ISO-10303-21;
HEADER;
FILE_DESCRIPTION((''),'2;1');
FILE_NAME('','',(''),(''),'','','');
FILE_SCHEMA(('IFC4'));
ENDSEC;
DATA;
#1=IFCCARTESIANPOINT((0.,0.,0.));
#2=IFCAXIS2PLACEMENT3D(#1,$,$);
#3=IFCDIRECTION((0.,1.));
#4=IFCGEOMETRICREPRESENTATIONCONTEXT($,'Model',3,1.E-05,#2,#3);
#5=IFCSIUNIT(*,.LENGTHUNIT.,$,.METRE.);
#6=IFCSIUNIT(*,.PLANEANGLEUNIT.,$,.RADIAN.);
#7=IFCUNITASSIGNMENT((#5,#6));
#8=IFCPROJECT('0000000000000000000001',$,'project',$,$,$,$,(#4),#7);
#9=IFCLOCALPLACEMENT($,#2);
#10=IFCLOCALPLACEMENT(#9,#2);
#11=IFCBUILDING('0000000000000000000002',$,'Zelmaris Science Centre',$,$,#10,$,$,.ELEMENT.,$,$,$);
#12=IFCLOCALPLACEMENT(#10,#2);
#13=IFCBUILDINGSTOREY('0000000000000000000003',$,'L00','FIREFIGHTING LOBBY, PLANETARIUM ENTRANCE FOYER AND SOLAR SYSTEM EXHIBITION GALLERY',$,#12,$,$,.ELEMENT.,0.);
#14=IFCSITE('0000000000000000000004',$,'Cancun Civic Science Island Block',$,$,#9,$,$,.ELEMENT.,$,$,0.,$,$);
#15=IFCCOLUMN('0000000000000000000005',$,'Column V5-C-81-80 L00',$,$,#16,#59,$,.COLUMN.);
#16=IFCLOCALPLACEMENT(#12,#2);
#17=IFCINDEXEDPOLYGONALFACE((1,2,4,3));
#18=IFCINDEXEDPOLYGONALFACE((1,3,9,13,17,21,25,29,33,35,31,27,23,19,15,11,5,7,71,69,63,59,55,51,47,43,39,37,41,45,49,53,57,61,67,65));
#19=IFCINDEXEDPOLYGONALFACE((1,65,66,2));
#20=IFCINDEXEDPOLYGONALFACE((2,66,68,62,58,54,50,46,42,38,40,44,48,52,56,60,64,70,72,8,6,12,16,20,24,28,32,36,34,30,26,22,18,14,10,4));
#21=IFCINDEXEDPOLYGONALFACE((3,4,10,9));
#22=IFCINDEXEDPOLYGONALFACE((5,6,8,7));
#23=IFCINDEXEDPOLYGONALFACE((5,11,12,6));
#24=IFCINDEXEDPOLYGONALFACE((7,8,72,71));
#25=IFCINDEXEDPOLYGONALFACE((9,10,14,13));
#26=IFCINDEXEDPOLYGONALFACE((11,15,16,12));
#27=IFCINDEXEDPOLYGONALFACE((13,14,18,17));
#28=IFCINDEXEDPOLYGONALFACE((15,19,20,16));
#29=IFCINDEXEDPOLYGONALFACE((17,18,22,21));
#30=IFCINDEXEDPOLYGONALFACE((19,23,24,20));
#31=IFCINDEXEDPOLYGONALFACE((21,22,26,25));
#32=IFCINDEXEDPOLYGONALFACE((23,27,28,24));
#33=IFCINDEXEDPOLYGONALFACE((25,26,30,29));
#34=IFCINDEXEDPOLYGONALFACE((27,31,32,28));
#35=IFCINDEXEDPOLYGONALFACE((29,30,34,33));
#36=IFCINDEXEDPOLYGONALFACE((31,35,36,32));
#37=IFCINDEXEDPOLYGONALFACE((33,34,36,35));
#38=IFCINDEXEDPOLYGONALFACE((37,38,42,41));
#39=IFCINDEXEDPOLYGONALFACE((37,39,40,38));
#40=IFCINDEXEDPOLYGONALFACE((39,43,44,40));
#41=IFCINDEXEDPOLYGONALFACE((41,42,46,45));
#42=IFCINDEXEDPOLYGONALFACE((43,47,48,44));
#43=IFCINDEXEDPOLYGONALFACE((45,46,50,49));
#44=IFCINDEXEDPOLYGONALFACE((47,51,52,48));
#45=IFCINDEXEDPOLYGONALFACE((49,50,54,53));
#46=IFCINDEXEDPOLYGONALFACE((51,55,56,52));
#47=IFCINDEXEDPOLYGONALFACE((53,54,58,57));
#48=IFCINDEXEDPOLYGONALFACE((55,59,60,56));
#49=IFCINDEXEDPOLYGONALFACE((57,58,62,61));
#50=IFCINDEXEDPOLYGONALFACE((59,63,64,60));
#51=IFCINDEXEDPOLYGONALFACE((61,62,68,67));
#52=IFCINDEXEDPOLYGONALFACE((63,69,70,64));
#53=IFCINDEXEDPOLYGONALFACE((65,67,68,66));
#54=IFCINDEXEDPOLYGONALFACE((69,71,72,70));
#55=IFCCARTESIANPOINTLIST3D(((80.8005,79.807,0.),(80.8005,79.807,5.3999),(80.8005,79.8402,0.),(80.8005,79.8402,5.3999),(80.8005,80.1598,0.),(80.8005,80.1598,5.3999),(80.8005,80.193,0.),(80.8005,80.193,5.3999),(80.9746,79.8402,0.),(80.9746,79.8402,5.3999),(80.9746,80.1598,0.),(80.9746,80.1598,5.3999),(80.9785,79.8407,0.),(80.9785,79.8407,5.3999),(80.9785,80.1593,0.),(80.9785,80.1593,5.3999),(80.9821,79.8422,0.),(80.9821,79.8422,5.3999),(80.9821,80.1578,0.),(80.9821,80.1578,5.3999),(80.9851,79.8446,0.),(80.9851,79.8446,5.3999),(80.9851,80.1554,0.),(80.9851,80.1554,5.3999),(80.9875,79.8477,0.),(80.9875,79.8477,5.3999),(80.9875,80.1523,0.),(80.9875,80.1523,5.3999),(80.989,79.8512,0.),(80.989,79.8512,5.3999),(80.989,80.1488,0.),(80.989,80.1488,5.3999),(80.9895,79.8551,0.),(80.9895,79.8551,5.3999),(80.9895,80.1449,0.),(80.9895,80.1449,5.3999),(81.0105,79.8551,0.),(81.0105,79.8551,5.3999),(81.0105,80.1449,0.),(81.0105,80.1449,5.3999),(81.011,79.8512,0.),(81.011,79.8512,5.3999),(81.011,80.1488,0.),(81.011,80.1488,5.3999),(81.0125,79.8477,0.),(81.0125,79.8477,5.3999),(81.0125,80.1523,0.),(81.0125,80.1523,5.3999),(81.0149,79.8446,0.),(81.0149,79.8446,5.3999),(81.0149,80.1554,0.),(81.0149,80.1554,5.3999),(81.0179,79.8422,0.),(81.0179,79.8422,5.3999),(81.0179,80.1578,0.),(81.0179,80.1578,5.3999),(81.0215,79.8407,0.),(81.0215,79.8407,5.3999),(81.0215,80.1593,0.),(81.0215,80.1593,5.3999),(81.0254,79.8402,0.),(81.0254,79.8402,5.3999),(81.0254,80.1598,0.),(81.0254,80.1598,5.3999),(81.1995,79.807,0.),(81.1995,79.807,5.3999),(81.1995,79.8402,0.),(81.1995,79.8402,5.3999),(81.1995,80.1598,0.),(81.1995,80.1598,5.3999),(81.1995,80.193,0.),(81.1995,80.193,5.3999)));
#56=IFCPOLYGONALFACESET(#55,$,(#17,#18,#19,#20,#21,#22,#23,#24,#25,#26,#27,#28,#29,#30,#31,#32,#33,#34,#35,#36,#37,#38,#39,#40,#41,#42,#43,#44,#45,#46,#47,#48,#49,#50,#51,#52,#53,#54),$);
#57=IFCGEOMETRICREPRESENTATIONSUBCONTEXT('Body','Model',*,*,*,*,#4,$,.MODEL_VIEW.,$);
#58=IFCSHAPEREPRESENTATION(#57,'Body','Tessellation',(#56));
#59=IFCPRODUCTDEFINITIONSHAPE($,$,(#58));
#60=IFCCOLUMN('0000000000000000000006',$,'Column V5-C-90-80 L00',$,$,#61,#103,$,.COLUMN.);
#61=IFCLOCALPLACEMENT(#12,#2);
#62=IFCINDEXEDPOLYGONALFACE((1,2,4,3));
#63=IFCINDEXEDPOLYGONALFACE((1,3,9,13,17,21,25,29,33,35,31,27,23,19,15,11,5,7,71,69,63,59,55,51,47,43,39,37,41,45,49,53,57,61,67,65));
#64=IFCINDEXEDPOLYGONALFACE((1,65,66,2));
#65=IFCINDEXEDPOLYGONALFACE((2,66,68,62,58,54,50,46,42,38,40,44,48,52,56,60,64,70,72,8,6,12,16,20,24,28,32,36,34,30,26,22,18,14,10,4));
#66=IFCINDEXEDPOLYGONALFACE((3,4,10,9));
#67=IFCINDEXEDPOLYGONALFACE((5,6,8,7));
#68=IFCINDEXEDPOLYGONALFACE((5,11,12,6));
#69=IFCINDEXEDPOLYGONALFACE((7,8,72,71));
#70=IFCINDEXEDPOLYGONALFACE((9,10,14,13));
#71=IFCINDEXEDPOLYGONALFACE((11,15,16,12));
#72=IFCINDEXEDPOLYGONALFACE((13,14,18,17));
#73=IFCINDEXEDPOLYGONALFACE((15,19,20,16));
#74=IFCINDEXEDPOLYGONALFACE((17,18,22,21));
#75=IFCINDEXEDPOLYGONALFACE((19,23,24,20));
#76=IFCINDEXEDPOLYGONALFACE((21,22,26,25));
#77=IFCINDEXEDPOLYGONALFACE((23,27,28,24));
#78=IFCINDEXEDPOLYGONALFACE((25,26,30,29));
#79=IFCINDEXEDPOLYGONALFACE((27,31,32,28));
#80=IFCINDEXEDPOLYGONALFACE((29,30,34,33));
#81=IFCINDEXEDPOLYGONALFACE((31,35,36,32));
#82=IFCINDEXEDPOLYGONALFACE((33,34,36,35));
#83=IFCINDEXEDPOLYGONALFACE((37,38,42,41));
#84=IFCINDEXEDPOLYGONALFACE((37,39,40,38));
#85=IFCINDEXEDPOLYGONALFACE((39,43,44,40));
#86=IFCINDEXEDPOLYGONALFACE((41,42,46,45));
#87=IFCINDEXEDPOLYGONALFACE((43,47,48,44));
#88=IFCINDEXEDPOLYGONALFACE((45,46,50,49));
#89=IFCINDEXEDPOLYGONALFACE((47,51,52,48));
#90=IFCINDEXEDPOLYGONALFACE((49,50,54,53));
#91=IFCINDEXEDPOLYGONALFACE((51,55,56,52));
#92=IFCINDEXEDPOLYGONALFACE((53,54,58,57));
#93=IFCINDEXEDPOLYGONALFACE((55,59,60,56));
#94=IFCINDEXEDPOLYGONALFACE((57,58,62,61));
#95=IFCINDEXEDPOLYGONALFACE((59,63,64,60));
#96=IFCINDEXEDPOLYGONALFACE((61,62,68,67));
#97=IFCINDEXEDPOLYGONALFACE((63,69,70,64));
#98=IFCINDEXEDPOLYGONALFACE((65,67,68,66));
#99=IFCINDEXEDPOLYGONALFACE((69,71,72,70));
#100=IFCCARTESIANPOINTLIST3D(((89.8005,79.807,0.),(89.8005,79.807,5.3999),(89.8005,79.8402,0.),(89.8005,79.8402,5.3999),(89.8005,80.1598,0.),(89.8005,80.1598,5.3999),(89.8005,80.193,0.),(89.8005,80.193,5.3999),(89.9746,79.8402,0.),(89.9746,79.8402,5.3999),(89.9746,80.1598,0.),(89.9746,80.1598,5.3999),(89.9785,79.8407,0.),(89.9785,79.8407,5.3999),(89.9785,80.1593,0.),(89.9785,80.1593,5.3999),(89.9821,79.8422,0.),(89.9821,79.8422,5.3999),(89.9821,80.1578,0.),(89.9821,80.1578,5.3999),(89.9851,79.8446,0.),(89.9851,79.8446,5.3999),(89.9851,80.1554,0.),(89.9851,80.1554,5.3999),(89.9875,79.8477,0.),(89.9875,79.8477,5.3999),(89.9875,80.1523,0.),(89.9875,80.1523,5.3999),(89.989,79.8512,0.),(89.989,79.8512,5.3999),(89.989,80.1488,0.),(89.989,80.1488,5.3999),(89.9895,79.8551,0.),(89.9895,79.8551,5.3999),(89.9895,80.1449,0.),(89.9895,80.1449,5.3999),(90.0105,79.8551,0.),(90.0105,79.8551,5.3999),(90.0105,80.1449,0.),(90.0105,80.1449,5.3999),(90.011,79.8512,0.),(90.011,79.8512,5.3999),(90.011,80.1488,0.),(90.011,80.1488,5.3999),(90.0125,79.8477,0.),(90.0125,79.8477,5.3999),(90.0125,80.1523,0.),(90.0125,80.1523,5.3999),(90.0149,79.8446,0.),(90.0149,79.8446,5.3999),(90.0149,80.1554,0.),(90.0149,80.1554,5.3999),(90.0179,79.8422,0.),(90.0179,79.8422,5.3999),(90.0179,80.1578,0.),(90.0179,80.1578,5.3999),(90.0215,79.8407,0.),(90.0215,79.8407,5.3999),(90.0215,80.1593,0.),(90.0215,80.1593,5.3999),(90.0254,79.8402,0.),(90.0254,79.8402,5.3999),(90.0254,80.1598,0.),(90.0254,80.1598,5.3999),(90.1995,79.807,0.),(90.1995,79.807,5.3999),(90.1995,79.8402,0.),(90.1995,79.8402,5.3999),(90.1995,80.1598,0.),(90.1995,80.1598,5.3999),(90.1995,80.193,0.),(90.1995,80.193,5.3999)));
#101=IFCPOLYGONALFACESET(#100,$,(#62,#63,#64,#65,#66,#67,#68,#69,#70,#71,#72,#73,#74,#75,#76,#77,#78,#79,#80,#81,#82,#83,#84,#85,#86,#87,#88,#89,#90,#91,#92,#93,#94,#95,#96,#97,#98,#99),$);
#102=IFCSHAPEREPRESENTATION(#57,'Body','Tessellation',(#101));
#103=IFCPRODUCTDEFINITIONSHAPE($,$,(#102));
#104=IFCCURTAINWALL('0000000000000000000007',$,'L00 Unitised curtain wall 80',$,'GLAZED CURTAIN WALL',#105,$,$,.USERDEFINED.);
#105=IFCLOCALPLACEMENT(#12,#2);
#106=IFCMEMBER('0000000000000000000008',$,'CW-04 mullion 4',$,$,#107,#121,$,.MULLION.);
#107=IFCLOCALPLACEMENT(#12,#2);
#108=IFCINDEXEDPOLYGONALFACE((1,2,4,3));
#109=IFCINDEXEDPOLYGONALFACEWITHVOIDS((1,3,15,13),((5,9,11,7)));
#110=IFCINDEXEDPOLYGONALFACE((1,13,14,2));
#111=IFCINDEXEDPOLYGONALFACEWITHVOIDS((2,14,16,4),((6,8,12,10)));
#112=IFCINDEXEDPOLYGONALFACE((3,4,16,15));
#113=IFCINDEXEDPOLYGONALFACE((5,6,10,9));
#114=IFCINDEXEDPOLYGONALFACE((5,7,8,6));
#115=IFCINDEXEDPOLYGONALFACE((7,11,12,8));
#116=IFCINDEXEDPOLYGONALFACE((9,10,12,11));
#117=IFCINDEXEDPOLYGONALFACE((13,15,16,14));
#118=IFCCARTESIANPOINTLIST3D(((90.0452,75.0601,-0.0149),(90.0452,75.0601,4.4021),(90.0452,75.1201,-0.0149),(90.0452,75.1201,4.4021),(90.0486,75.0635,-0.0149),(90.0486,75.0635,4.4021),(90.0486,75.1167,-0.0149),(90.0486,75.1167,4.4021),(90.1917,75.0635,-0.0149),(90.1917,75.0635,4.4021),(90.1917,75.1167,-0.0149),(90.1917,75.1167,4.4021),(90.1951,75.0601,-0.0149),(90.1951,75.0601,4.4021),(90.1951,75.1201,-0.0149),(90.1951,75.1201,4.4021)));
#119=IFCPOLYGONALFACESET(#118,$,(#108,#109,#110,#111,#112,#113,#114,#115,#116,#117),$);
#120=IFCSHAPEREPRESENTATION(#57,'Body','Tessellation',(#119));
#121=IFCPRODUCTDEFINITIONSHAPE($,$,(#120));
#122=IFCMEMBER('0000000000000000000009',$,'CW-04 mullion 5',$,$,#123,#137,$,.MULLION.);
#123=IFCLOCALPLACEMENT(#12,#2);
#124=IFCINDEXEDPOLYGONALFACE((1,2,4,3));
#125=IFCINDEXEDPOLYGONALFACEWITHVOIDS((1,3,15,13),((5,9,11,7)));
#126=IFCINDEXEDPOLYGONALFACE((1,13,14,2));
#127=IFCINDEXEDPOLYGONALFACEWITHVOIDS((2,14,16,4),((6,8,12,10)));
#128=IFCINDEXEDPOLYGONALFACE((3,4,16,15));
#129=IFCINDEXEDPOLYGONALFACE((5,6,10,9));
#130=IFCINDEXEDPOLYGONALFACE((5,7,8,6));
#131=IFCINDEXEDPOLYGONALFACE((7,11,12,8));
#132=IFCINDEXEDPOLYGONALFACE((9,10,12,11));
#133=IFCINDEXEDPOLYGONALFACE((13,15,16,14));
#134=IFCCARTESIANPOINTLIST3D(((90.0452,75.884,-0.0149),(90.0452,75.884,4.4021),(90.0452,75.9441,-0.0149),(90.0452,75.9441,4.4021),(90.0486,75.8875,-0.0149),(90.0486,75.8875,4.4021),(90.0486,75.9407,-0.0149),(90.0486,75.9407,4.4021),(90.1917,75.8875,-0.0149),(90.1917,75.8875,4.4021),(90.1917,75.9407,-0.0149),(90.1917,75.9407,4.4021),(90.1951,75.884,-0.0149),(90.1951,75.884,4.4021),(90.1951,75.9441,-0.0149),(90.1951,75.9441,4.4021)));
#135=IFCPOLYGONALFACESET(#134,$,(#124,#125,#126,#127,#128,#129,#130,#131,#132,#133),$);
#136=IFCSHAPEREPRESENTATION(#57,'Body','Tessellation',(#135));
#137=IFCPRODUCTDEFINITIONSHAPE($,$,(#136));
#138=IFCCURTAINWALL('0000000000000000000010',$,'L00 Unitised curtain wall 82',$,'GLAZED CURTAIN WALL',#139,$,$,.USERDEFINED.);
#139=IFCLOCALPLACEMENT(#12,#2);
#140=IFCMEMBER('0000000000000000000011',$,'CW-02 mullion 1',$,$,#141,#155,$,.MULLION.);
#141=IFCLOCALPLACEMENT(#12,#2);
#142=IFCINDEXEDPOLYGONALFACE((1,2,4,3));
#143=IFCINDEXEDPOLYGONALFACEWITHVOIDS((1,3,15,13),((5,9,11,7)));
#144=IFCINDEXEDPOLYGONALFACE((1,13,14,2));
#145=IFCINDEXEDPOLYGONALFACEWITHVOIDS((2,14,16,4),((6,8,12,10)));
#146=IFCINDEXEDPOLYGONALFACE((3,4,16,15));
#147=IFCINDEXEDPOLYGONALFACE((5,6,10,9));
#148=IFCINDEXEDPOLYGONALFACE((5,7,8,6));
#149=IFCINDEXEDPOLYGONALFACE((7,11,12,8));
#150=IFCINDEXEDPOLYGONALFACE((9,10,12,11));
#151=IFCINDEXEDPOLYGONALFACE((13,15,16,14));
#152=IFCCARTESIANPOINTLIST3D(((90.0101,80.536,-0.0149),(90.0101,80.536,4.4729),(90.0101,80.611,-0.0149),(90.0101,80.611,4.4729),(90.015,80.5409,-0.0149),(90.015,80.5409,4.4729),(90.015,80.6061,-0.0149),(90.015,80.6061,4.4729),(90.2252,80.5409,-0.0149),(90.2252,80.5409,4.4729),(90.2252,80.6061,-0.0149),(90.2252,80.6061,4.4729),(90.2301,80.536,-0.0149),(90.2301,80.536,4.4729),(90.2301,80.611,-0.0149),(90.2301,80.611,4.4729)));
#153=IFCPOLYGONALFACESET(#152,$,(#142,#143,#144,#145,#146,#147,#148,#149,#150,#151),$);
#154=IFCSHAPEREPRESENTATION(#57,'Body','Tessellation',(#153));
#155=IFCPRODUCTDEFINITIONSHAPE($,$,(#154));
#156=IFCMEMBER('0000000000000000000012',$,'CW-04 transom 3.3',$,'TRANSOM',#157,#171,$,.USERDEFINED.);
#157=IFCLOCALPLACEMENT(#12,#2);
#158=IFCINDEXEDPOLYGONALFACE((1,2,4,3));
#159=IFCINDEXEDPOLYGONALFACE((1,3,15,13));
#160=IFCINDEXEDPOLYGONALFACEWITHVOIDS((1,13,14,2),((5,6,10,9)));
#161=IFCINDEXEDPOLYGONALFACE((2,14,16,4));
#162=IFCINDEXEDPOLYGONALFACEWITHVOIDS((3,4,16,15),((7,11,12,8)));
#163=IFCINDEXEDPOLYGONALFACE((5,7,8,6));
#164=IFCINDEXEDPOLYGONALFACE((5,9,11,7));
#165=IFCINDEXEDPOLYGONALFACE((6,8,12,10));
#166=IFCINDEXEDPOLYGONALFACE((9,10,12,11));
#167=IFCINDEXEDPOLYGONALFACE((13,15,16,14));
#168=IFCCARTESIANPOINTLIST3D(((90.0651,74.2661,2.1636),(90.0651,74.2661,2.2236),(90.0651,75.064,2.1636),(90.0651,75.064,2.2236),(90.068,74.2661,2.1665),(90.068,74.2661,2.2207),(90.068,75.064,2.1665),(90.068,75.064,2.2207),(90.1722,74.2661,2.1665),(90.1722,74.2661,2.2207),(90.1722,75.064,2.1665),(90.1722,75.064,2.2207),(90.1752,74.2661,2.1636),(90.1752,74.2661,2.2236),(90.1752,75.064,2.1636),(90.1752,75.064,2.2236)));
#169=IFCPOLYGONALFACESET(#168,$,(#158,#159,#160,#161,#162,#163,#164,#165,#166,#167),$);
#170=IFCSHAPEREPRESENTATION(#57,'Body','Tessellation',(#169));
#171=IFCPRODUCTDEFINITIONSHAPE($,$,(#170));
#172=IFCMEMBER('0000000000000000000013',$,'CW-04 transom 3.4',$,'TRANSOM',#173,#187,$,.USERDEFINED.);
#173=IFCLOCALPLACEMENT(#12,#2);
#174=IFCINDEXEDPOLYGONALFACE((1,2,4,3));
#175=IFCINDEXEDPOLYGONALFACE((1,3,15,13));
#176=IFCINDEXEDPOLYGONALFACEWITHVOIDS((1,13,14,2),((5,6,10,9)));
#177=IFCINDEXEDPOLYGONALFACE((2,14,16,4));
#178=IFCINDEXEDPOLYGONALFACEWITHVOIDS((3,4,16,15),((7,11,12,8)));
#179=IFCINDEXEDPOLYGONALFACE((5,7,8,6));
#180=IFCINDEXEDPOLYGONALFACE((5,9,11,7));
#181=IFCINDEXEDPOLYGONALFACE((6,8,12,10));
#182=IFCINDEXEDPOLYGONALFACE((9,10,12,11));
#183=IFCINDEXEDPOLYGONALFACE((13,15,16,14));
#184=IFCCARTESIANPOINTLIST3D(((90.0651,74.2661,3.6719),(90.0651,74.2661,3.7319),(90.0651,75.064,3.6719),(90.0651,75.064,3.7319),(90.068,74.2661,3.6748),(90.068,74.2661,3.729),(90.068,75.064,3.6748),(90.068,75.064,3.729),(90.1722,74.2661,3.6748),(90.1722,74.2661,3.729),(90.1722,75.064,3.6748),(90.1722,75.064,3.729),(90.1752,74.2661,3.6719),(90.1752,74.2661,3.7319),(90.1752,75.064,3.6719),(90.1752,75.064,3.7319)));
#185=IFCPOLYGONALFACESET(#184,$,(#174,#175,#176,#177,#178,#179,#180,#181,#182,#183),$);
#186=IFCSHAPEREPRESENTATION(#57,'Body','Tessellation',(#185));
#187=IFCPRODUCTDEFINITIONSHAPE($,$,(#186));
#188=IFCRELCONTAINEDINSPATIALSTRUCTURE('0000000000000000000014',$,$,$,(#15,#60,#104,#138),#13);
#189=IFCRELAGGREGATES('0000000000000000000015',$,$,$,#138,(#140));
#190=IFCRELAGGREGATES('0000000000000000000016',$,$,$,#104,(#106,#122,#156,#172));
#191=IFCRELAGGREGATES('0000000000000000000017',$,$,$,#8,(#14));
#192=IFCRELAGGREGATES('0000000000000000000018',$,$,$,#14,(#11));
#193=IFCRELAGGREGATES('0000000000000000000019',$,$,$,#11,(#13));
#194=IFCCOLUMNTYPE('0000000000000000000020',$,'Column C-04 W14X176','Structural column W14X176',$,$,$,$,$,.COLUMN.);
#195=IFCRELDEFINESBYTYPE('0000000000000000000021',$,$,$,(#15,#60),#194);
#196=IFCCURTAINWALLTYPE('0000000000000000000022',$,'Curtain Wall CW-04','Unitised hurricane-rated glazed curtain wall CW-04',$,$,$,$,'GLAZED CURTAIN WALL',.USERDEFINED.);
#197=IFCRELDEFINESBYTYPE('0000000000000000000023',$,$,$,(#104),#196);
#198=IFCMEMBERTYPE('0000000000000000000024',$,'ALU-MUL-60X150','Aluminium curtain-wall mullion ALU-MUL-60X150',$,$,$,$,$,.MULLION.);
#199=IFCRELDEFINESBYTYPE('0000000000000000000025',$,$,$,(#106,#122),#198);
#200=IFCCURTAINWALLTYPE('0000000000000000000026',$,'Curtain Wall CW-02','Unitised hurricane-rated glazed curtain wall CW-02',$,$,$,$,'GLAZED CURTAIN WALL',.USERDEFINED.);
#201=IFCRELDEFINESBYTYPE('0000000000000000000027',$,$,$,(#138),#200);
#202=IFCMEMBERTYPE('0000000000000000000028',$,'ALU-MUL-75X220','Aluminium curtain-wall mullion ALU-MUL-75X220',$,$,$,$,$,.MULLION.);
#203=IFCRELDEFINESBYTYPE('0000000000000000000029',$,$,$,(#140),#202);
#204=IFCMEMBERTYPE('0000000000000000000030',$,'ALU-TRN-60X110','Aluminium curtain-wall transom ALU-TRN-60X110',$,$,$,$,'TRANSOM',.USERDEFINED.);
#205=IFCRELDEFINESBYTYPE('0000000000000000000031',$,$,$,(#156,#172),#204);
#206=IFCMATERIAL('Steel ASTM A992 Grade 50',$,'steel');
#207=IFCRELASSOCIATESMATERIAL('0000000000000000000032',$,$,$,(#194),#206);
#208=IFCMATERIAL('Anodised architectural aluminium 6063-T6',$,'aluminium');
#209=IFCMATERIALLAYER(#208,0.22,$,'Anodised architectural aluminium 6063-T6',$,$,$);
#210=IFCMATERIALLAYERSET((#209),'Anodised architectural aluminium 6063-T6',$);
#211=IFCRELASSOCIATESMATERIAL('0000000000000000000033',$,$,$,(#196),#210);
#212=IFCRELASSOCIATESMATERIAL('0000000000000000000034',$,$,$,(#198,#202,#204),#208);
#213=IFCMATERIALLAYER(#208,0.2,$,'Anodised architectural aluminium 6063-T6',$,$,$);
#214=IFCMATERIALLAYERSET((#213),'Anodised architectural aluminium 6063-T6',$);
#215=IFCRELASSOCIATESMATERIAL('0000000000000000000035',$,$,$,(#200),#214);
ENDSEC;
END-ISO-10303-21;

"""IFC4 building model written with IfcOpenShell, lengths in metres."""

from ifc_helpers import new_model, si_unit, direction, frame, origin, origin_2d, place, context, subcontext, project, spatial, hollow_rectangle, i_section, extrude, material, layer, layer_set, material_profile, profile_set, type_object, element, aggregate, save


model = new_model("IFC4")

# Units and contexts
model_context = context("Model", 3, precision=1e-05, world=origin(), true_north=direction((0.0, 1.0)))
body_context = subcontext(model_context, "Body", "Model", "MODEL_VIEW")
ifc_project = project(units=[si_unit("LENGTHUNIT", "METRE"), si_unit("PLANEANGLEUNIT", "RADIAN")], contexts=[model_context])

# Site, building, storey
site_placement = place(None, origin())
site = spatial("IfcSite", under=ifc_project, at=site_placement, Name="Cancun Civic Science Island Block", CompositionType="ELEMENT", RefElevation=0.0)
building_placement = place(site_placement, origin())
building = spatial("IfcBuilding", under=site, at=building_placement, Name="Zelmaris Science Centre", CompositionType="ELEMENT")
storey_placement = place(building_placement, origin())
storey = spatial("IfcBuildingStorey", under=building, at=storey_placement, Name="L00", Description="FIREFIGHTING LOBBY, PLANETARIUM ENTRANCE FOYER AND SOLAR SYSTEM EXHIBITION GALLERY", CompositionType="ELEMENT", Elevation=0.0)

# Columns
ifc_material_1 = material(Name="Steel ASTM A992 Grade 50", Category="steel")
ifc_material_profile_1 = material_profile(ifc_material_1, i_section(OverallWidth=0.3989, OverallDepth=0.386, WebThickness=0.021, FlangeThickness=0.0332, FilletRadius=0.0149, at=origin_2d()), Name="W14X176")
ifc_profile_set_1 = profile_set([ifc_material_profile_1], Name="Steel ASTM A992 Grade 50")
column_type = type_object("IfcColumnType", Name="Column C-04 W14X176", Description="Structural column W14X176", PredefinedType="COLUMN", material=ifc_profile_set_1)
for number, where, z_axis, x_axis, name in (
    (1, (81.0, 80.0, 0.0), (0.0, 0.0, 1.0), (1.0, 0.0, 0.0), "Column V5-C-81-80 L00"),
    (2, (90.0, 80.0, 0.0), (0.0, 0.0, 1.0), (1.0, 0.0, 0.0), "Column V5-C-90-80 L00"),
):
    element("IfcColumn", number, at=place(storey_placement, frame(where, z_axis=z_axis, x_axis=x_axis)), inside=storey, type_object=column_type, Name=name, PredefinedType="COLUMN", context=body_context, shape_type="SweptSolid", body=[
        extrude(i_section(OverallWidth=0.3989, OverallDepth=0.386, WebThickness=0.021, FlangeThickness=0.0332, FilletRadius=0.0149, at=origin_2d()), origin(), (0.0, 0.0, 1.0), 5.3999),
    ])

# Curtain wall, members
ifc_material_2 = material(Name="Anodised architectural aluminium 6063-T6", Category="aluminium")
ifc_layer_1 = layer(ifc_material_2, 0.22, Name="Anodised architectural aluminium 6063-T6")
ifc_layer_set_1 = layer_set([ifc_layer_1], Name="Anodised architectural aluminium 6063-T6")
curtain_wall_type_1 = type_object("IfcCurtainWallType", Name="Curtain Wall CW-04", Description="Unitised hurricane-rated glazed curtain wall CW-04", ElementType="GLAZED CURTAIN WALL", PredefinedType="USERDEFINED", material=ifc_layer_set_1)
curtain_wall_1_placement = place(storey_placement, origin())
curtain_wall_1 = element("IfcCurtainWall", 3, at=curtain_wall_1_placement, inside=storey, type_object=curtain_wall_type_1, Name="L00 Unitised curtain wall 80", ObjectType="GLAZED CURTAIN WALL", PredefinedType="USERDEFINED")
ifc_material_profile_2 = material_profile(ifc_material_2, hollow_rectangle(XDim=0.0601, YDim=0.1499, WallThickness=0.0034, at=origin_2d()), Name="ALU-MUL-60X150")
ifc_profile_set_2 = profile_set([ifc_material_profile_2], Name="Anodised architectural aluminium 6063-T6")
member_type_1 = type_object("IfcMemberType", Name="ALU-MUL-60X150", Description="Aluminium curtain-wall mullion ALU-MUL-60X150", PredefinedType="MULLION", material=ifc_profile_set_2)
member_1_placement = place(storey_placement, frame((90.1201, 75.0901, -0.0149), z_axis=(0.0, 0.0, 1.0), x_axis=(0.0, 1.0, 0.0)))
member_1 = element("IfcMember", 4, at=member_1_placement, type_object=member_type_1, Name="CW-04 mullion 4", PredefinedType="MULLION", context=body_context, shape_type="SweptSolid", body=[
    extrude(hollow_rectangle(XDim=0.0601, YDim=0.1499, WallThickness=0.0034, at=origin_2d()), origin(), (0.0, 0.0, 1.0), 4.417),
])
member_2_placement = place(storey_placement, frame((90.1201, 75.9141, -0.0149), z_axis=(0.0, 0.0, 1.0), x_axis=(0.0, 1.0, 0.0)))
member_2 = element("IfcMember", 5, at=member_2_placement, type_object=member_type_1, Name="CW-04 mullion 5", PredefinedType="MULLION", context=body_context, shape_type="SweptSolid", body=[
    extrude(hollow_rectangle(XDim=0.0601, YDim=0.1499, WallThickness=0.0034, at=origin_2d()), origin(), (0.0, 0.0, 1.0), 4.417),
])

# Curtain wall, member
ifc_layer_2 = layer(ifc_material_2, 0.2, Name="Anodised architectural aluminium 6063-T6")
ifc_layer_set_2 = layer_set([ifc_layer_2], Name="Anodised architectural aluminium 6063-T6")
curtain_wall_type_2 = type_object("IfcCurtainWallType", Name="Curtain Wall CW-02", Description="Unitised hurricane-rated glazed curtain wall CW-02", ElementType="GLAZED CURTAIN WALL", PredefinedType="USERDEFINED", material=ifc_layer_set_2)
curtain_wall_2_placement = place(storey_placement, origin())
curtain_wall_2 = element("IfcCurtainWall", 6, at=curtain_wall_2_placement, inside=storey, type_object=curtain_wall_type_2, Name="L00 Unitised curtain wall 82", ObjectType="GLAZED CURTAIN WALL", PredefinedType="USERDEFINED")
ifc_material_profile_3 = material_profile(ifc_material_2, hollow_rectangle(XDim=0.075, YDim=0.22, WallThickness=0.0049, at=origin_2d()), Name="ALU-MUL-75X220")
ifc_profile_set_3 = profile_set([ifc_material_profile_3], Name="Anodised architectural aluminium 6063-T6")
member_type_2 = type_object("IfcMemberType", Name="ALU-MUL-75X220", Description="Aluminium curtain-wall mullion ALU-MUL-75X220", PredefinedType="MULLION", material=ifc_profile_set_3)
member_3_placement = place(storey_placement, frame((90.1201, 80.5735, -0.0149), z_axis=(0.0, 0.0, 1.0), x_axis=(0.0, 1.0, 0.0)))
member_3 = element("IfcMember", 7, at=member_3_placement, type_object=member_type_2, Name="CW-02 mullion 1", PredefinedType="MULLION", context=body_context, shape_type="SweptSolid", body=[
    extrude(hollow_rectangle(XDim=0.075, YDim=0.22, WallThickness=0.0049, at=origin_2d()), origin(), (0.0, 0.0, 1.0), 4.4878),
])

# Members
ifc_material_profile_4 = material_profile(ifc_material_2, hollow_rectangle(XDim=0.0601, YDim=0.1101, WallThickness=0.0029, at=origin_2d()), Name="ALU-TRN-60X110")
ifc_profile_set_4 = profile_set([ifc_material_profile_4], Name="Anodised architectural aluminium 6063-T6")
member_type_3 = type_object("IfcMemberType", Name="ALU-TRN-60X110", Description="Aluminium curtain-wall transom ALU-TRN-60X110", ElementType="TRANSOM", PredefinedType="USERDEFINED", material=ifc_profile_set_4)
member_4_placement = place(storey_placement, frame((90.1201, 74.2661, 2.1936), z_axis=(0.0, 1.0, 0.0), x_axis=(0.0, 0.0, 1.0)))
member_4 = element("IfcMember", 8, at=member_4_placement, type_object=member_type_3, Name="CW-04 transom 3.3", ObjectType="TRANSOM", PredefinedType="USERDEFINED", context=body_context, shape_type="SweptSolid", body=[
    extrude(hollow_rectangle(XDim=0.0601, YDim=0.1101, WallThickness=0.0029, at=origin_2d()), origin(), (0.0, 0.0, 1.0), 0.7979),
])
member_5_placement = place(storey_placement, frame((90.1201, 74.2661, 3.7019), z_axis=(0.0, 1.0, 0.0), x_axis=(0.0, 0.0, 1.0)))
member_5 = element("IfcMember", 9, at=member_5_placement, type_object=member_type_3, Name="CW-04 transom 3.4", ObjectType="TRANSOM", PredefinedType="USERDEFINED", context=body_context, shape_type="SweptSolid", body=[
    extrude(hollow_rectangle(XDim=0.0601, YDim=0.1101, WallThickness=0.0029, at=origin_2d()), origin(), (0.0, 0.0, 1.0), 0.7979),
])
aggregate(curtain_wall_2, [member_3])

aggregate(curtain_wall_1, [member_1, member_2, member_4, member_5])

save(model, "model.ifc")
